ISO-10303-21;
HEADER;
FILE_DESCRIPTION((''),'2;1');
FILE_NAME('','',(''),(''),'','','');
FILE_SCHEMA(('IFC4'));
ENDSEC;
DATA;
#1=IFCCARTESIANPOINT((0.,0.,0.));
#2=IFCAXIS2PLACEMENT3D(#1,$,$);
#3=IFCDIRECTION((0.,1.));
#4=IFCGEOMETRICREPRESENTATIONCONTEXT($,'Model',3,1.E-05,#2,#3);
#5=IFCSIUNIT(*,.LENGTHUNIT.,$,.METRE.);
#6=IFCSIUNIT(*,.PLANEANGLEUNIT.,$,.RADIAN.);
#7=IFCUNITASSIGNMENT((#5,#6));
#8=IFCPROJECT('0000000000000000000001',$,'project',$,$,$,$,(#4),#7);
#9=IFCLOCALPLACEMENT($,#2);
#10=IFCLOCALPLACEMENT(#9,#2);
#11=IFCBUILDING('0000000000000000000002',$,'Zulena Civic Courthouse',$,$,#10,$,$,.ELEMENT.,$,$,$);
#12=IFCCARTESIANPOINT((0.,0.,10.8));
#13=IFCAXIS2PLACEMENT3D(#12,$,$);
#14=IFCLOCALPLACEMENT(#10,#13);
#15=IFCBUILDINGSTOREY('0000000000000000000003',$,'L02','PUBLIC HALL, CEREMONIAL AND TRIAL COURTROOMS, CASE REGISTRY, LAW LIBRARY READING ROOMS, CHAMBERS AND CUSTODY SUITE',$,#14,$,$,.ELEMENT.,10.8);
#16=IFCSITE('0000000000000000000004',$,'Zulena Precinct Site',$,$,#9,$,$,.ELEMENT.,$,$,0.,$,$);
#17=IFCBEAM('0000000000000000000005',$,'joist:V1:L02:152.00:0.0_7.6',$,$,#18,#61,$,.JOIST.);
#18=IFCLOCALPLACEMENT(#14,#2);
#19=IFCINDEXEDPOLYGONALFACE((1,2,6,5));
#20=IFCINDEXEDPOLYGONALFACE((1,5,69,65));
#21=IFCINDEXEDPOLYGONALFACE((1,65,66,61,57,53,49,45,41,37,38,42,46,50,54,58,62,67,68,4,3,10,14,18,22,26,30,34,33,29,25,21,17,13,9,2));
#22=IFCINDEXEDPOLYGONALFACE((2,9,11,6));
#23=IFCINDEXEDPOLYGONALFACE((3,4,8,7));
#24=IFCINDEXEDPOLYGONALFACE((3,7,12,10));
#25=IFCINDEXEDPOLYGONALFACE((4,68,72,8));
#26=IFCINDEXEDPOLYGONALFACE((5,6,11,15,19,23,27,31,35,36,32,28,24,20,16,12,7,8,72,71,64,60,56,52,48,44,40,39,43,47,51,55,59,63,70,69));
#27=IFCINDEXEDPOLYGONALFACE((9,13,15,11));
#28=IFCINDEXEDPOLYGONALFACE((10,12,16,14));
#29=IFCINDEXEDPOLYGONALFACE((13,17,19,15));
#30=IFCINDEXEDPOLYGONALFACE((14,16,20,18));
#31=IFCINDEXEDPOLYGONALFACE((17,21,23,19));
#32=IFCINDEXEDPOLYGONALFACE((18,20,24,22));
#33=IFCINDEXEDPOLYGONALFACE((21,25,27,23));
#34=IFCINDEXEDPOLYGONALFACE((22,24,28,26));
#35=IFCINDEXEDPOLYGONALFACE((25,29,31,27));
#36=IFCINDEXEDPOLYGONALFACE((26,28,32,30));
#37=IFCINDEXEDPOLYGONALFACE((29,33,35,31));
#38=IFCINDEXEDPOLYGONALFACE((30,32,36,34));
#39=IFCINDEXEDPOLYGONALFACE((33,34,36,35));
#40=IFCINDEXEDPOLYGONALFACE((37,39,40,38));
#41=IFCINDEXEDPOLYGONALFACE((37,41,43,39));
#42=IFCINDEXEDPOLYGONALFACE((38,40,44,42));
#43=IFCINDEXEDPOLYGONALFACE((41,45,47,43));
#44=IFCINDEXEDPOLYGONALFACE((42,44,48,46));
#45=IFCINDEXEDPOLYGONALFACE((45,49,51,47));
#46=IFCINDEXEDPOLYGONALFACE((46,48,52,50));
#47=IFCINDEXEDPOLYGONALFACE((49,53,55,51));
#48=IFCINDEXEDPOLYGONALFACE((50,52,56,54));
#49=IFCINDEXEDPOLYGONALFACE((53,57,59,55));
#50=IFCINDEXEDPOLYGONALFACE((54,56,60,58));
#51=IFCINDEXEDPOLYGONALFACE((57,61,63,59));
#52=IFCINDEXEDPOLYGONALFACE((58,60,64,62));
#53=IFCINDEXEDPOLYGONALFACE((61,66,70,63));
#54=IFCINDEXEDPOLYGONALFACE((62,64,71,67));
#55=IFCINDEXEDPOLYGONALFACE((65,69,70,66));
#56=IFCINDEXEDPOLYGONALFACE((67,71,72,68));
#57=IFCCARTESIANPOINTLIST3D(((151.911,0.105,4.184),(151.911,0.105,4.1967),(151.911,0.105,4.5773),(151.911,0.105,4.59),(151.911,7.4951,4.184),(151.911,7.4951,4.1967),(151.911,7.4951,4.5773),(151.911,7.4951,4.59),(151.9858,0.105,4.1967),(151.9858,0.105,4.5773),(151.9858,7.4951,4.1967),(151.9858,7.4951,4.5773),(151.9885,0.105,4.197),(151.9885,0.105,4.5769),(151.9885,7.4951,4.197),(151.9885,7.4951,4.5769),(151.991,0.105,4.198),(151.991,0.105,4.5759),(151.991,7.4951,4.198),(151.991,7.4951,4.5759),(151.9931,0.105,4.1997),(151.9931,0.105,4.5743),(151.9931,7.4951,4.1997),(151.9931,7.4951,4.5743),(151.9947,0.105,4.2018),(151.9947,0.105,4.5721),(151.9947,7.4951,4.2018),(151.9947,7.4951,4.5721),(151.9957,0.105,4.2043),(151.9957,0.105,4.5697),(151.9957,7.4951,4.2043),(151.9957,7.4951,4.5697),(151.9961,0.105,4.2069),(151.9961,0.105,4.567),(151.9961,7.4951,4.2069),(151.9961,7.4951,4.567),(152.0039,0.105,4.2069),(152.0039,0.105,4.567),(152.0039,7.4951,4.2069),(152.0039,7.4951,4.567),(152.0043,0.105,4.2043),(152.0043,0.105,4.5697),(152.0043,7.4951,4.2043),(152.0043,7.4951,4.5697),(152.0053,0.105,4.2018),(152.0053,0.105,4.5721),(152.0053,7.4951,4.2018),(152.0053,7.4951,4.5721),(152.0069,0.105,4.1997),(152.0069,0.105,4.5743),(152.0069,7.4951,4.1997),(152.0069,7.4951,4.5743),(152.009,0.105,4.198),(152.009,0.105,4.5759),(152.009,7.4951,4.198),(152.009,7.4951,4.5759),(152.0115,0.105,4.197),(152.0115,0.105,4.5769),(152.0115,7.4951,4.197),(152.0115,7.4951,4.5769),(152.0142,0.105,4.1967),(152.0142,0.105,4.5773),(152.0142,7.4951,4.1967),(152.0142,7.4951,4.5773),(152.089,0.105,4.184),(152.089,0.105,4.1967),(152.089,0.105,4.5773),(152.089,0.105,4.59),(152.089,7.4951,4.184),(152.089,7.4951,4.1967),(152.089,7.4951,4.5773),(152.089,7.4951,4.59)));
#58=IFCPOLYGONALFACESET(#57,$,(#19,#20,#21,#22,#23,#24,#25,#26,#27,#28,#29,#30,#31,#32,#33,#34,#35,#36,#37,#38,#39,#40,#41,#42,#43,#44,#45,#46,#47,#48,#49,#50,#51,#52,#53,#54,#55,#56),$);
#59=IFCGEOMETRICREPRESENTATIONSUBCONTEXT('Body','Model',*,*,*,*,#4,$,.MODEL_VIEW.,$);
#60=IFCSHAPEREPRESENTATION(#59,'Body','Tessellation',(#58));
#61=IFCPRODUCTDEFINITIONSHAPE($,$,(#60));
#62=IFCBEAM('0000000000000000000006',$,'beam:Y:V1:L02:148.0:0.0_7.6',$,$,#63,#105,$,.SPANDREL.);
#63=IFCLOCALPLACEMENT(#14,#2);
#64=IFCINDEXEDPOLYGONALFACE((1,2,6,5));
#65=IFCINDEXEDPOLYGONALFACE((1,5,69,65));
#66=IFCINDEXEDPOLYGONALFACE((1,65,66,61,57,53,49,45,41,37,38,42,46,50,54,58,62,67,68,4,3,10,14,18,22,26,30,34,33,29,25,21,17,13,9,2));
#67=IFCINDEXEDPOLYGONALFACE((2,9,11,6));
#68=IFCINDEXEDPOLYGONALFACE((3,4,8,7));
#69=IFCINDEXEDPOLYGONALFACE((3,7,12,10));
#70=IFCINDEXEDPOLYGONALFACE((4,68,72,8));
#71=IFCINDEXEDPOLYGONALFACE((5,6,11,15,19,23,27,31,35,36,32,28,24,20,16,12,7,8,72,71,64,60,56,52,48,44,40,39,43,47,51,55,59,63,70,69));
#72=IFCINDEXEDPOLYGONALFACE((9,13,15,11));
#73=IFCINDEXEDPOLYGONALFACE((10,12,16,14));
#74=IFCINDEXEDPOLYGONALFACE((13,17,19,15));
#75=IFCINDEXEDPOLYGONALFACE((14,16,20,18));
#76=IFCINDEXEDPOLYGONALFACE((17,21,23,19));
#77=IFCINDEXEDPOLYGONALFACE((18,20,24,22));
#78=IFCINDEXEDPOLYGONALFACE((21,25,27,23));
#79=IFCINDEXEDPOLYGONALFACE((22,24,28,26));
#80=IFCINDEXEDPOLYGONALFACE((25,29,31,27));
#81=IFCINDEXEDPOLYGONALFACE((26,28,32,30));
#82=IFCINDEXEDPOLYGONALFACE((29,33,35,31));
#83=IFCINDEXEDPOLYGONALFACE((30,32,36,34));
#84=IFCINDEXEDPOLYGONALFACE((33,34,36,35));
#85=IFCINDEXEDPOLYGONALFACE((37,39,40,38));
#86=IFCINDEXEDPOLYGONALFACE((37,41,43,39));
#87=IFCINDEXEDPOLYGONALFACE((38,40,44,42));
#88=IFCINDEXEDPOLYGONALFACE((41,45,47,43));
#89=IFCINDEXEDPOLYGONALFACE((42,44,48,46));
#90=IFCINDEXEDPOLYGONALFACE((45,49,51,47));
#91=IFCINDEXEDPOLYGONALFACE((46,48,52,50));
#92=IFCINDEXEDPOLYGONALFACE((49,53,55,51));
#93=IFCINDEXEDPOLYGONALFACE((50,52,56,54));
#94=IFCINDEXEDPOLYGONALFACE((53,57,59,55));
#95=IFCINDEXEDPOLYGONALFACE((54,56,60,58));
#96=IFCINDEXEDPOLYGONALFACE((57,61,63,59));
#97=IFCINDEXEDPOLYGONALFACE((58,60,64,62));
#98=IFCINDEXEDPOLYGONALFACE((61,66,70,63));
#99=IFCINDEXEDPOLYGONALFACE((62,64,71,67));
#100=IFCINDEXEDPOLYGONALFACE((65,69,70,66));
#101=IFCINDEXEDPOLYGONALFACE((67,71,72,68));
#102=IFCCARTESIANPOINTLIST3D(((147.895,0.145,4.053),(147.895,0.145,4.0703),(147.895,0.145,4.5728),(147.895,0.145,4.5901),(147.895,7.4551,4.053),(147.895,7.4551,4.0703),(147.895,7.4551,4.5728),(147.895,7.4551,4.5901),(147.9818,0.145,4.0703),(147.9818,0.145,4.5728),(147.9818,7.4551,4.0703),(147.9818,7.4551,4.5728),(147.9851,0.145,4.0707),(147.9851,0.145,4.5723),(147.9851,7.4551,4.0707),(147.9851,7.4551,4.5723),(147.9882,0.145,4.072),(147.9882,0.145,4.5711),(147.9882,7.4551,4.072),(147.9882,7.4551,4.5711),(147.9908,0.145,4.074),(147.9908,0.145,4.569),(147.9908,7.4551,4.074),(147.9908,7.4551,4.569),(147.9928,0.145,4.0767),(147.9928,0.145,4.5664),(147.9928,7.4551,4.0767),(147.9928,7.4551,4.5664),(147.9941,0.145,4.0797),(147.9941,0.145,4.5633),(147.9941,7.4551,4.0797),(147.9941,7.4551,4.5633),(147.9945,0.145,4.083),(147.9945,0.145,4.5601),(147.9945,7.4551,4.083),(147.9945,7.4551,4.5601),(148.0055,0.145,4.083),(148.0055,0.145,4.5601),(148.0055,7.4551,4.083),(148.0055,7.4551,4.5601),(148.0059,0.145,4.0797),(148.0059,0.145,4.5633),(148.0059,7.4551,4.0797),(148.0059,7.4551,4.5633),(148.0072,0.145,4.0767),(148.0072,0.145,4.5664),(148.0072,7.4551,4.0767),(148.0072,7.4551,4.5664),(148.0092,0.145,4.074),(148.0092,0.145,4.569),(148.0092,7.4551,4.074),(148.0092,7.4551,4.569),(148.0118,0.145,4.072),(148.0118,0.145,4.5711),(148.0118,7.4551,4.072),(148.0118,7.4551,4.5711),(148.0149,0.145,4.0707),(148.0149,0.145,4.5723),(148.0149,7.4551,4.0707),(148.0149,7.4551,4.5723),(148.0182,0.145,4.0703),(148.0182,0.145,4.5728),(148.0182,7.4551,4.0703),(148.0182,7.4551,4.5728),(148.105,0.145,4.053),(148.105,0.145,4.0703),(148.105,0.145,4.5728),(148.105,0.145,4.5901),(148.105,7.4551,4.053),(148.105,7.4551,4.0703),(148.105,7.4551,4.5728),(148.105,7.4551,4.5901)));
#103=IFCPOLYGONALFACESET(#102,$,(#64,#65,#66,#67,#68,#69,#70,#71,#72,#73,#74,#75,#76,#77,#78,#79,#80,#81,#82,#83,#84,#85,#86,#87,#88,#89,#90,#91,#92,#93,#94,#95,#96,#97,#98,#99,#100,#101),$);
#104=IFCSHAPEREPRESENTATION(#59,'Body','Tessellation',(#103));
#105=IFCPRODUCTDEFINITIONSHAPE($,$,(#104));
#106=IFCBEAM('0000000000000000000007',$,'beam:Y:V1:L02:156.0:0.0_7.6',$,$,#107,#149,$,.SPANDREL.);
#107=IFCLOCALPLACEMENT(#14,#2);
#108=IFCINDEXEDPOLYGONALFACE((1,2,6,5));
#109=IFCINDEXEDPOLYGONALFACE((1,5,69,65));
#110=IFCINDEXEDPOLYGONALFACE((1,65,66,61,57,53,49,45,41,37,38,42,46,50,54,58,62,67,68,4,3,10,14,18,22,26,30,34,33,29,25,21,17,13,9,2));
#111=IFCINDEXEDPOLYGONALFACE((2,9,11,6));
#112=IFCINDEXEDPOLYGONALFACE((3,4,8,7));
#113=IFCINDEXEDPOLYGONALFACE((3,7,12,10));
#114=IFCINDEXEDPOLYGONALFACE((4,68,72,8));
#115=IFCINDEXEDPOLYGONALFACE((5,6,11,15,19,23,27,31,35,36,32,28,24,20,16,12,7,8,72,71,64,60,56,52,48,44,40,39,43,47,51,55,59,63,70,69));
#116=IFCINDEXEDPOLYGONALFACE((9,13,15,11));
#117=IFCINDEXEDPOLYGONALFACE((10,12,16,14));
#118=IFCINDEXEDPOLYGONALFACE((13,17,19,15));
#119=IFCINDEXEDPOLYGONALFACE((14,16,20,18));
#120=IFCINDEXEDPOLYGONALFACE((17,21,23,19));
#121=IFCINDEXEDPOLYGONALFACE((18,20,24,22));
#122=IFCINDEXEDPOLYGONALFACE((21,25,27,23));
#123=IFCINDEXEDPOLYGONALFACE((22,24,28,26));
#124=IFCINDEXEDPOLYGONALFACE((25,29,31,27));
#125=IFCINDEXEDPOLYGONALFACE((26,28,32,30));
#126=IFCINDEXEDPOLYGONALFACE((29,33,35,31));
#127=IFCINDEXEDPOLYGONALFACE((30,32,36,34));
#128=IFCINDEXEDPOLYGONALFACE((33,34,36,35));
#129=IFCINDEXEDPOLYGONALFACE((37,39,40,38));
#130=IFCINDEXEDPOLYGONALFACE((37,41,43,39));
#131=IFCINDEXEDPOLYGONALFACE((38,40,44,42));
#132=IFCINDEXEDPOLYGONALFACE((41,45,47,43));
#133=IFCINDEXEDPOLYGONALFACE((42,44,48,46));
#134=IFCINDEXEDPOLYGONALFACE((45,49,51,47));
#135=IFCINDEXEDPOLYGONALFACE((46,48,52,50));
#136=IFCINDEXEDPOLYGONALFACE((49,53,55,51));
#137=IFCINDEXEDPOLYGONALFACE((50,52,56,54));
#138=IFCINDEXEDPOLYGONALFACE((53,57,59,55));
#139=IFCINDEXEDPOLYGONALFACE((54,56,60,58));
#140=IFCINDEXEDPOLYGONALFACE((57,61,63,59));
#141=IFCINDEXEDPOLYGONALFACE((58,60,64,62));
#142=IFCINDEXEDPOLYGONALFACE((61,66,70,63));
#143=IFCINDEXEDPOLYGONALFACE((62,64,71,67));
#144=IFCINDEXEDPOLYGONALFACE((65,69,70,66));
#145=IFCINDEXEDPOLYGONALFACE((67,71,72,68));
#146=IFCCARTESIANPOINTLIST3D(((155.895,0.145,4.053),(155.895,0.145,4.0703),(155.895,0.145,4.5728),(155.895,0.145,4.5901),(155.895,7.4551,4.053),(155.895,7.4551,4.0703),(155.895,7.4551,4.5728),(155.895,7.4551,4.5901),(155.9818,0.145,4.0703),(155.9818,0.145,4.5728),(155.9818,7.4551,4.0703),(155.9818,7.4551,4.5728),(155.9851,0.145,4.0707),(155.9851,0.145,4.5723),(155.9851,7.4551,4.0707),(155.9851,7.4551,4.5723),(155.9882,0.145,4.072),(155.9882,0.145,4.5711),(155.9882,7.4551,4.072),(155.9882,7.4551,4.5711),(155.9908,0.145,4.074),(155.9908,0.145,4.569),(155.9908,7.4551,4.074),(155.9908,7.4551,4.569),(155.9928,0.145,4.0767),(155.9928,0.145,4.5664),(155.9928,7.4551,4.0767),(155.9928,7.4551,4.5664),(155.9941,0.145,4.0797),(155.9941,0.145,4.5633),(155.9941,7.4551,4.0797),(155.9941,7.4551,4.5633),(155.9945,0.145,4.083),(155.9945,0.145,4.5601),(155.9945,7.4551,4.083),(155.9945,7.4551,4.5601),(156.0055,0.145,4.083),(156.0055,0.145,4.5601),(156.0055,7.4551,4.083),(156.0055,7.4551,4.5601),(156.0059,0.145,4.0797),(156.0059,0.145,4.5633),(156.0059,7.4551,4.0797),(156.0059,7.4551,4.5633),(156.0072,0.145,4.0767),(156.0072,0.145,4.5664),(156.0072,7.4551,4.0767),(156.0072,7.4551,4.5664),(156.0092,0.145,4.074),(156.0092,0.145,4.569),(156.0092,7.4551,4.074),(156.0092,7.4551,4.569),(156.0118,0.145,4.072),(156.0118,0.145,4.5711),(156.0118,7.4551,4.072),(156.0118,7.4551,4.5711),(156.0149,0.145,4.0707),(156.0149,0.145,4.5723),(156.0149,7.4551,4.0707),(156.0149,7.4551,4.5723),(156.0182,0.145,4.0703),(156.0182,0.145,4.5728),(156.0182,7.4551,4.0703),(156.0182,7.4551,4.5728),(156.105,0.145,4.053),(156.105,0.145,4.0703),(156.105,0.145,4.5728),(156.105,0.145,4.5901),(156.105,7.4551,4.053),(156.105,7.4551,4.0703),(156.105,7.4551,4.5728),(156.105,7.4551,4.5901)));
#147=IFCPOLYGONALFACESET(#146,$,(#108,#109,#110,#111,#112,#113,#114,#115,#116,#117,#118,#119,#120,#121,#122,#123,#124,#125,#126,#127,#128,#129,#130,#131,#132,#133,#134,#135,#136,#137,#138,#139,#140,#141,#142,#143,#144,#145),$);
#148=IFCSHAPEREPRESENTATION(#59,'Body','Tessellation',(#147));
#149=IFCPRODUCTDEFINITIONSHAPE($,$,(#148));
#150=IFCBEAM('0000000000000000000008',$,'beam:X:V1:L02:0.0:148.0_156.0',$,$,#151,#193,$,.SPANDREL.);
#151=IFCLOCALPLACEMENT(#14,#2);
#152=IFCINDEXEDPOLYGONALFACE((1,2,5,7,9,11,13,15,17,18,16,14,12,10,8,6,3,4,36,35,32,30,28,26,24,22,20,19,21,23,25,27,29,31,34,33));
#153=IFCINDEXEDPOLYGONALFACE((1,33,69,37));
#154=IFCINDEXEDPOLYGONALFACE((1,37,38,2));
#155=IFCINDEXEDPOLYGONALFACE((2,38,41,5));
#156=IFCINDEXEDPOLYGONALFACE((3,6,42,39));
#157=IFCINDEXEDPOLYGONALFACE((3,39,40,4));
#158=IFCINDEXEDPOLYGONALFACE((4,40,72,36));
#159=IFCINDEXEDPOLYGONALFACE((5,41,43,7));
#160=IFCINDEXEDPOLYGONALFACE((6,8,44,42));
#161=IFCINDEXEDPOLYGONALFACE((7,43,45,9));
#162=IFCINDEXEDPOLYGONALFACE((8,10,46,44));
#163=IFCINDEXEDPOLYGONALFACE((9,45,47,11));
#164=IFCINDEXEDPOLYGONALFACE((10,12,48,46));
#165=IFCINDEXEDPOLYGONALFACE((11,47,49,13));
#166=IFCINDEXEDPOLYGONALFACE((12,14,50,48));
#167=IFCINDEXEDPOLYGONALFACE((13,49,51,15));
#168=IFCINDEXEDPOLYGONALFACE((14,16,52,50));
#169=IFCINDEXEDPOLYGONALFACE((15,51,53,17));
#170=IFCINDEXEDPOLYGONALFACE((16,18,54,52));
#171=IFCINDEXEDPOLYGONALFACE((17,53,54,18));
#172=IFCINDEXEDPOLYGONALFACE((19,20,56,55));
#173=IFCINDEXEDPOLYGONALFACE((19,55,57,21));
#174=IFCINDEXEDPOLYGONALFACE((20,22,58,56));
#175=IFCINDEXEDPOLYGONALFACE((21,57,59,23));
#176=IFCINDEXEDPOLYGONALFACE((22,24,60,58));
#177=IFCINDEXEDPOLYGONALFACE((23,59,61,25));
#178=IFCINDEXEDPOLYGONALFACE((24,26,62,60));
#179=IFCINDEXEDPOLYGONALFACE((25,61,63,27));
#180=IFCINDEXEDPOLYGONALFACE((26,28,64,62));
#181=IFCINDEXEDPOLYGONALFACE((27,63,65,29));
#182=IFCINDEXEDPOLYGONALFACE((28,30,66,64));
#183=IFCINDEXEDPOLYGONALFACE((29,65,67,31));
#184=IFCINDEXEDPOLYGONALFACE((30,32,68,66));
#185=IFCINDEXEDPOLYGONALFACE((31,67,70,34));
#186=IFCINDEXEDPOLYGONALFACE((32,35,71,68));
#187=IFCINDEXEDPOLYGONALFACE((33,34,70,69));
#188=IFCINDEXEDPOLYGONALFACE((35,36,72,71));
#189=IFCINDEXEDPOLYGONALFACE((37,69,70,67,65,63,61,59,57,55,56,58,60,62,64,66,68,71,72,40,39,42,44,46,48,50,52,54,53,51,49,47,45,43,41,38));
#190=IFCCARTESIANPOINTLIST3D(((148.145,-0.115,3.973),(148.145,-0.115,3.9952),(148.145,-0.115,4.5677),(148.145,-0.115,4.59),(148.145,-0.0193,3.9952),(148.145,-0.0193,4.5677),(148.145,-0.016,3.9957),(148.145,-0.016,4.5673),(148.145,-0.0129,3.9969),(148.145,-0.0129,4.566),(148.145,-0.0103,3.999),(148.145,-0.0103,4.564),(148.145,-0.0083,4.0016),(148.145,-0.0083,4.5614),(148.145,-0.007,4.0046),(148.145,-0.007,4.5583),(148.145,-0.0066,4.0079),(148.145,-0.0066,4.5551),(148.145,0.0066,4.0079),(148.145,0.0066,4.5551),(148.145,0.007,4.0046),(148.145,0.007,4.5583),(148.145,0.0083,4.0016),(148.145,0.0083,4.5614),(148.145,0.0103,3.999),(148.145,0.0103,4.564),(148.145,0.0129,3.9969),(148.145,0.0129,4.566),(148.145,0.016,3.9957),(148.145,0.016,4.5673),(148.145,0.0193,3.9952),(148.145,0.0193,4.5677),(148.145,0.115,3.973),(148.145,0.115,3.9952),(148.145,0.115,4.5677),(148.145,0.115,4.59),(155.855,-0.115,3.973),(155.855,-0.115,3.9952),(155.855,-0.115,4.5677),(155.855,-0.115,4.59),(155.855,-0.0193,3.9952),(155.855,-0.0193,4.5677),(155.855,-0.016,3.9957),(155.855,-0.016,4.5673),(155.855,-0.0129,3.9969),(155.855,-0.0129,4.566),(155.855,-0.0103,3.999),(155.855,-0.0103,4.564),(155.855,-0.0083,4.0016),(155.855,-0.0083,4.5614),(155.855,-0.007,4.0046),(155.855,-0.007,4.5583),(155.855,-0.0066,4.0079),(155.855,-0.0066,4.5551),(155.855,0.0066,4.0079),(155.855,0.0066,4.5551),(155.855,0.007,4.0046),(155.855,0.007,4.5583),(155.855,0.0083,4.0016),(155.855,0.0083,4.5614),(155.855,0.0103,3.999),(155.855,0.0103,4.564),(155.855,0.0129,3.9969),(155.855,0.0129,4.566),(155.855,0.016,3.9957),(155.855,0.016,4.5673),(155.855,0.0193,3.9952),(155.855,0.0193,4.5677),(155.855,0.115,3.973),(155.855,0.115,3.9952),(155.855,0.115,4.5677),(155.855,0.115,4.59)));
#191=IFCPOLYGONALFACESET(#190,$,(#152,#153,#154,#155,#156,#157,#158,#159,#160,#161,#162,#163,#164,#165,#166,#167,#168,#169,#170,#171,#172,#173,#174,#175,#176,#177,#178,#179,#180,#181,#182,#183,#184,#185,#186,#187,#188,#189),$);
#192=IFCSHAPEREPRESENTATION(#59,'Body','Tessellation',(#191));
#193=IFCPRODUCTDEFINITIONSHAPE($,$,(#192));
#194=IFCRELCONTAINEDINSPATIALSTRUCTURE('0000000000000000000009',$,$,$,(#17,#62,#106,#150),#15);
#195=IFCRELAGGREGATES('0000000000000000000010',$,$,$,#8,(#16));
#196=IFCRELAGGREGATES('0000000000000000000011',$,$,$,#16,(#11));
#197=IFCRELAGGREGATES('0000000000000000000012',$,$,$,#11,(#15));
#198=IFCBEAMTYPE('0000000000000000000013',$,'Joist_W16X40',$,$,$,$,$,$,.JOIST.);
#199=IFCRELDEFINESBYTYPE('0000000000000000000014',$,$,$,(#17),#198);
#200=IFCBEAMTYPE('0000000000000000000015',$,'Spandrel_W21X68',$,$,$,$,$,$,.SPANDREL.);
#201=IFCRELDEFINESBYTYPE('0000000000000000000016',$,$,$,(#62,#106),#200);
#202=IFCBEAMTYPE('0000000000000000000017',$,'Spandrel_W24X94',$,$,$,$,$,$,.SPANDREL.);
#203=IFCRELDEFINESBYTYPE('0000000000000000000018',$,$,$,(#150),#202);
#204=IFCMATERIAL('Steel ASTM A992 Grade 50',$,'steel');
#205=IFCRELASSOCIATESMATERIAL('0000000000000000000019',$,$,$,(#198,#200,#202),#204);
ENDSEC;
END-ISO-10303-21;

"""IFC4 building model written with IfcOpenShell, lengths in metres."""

from ifc_helpers import new_model, si_unit, direction, frame, origin, origin_2d, place, context, subcontext, project, spatial, i_section, extrude, material, material_profile, profile_set, type_object, element, save


model = new_model("IFC4")

# Units and contexts
model_context = context("Model", 3, precision=1e-05, world=origin(), true_north=direction((0.0, 1.0)))
body_context = subcontext(model_context, "Body", "Model", "MODEL_VIEW")
ifc_project = project(units=[si_unit("LENGTHUNIT", "METRE"), si_unit("PLANEANGLEUNIT", "RADIAN")], contexts=[model_context])

# Site, building, storey
site_placement = place(None, origin())
site = spatial("IfcSite", under=ifc_project, at=site_placement, Name="Zulena Precinct Site", CompositionType="ELEMENT", RefElevation=0.0)
building_placement = place(site_placement, origin())
building = spatial("IfcBuilding", under=site, at=building_placement, Name="Zulena Civic Courthouse", CompositionType="ELEMENT")
storey_placement = place(building_placement, frame((0.0, 0.0, 10.8)))
storey = spatial("IfcBuildingStorey", under=building, at=storey_placement, Name="L02", Description="PUBLIC HALL, CEREMONIAL AND TRIAL COURTROOMS, CASE REGISTRY, LAW LIBRARY READING ROOMS, CHAMBERS AND CUSTODY SUITE", CompositionType="ELEMENT", Elevation=10.8)

# Shared definitions
ifc_material_1 = material(Name="Steel ASTM A992 Grade 50", Category="steel")

# Beams
ifc_material_profile_1 = material_profile(ifc_material_1, i_section(OverallWidth=0.178, OverallDepth=0.406, WebThickness=0.0078, FlangeThickness=0.0127, FilletRadius=0.0103, at=origin_2d()), Name="W16X40")
ifc_profile_set_1 = profile_set([ifc_material_profile_1], Name="Steel ASTM A992 Grade 50")
beam_type_1 = type_object("IfcBeamType", Name="Joist_W16X40", PredefinedType="JOIST", material=ifc_profile_set_1)
for number, where, z_axis, x_axis, name in (
    (1, (152.0, 0.105, 4.387), (0.0, 1.0, 0.0), (-1.0, 0.0, 0.0), "joist:V1:L02:152.00:0.0_7.6"),
):
    element("IfcBeam", number, at=place(storey_placement, frame(where, z_axis=z_axis, x_axis=x_axis)), inside=storey, type_object=beam_type_1, Name=name, PredefinedType="JOIST", context=body_context, shape_type="SweptSolid", body=[
        extrude(i_section(OverallWidth=0.178, OverallDepth=0.406, WebThickness=0.0078, FlangeThickness=0.0127, FilletRadius=0.0103, at=origin_2d()), origin(), (0.0, 0.0, 1.0), 7.3901),
    ])
ifc_material_profile_2 = material_profile(ifc_material_1, i_section(OverallWidth=0.21, OverallDepth=0.5371, WebThickness=0.011, FlangeThickness=0.0173, FilletRadius=0.0127, at=origin_2d()), Name="W21X68")
ifc_profile_set_2 = profile_set([ifc_material_profile_2], Name="Steel ASTM A992 Grade 50")
beam_type_2 = type_object("IfcBeamType", Name="Spandrel_W21X68", PredefinedType="SPANDREL", material=ifc_profile_set_2)
for number, where, z_axis, x_axis, name in (
    (2, (148.0, 0.145, 4.3215), (0.0, 1.0, 0.0), (-1.0, 0.0, 0.0), "beam:Y:V1:L02:148.0:0.0_7.6"),
    (3, (156.0, 0.145, 4.3215), (0.0, 1.0, 0.0), (-1.0, 0.0, 0.0), "beam:Y:V1:L02:156.0:0.0_7.6"),
):
    element("IfcBeam", number, at=place(storey_placement, frame(where, z_axis=z_axis, x_axis=x_axis)), inside=storey, type_object=beam_type_2, Name=name, PredefinedType="SPANDREL", context=body_context, shape_type="SweptSolid", body=[
        extrude(i_section(OverallWidth=0.21, OverallDepth=0.5371, WebThickness=0.011, FlangeThickness=0.0173, FilletRadius=0.0127, at=origin_2d()), origin(), (0.0, 0.0, 1.0), 7.3101),
    ])
ifc_material_profile_3 = material_profile(ifc_material_1, i_section(OverallWidth=0.23, OverallDepth=0.6169, WebThickness=0.0132, FlangeThickness=0.0222, FilletRadius=0.0127, at=origin_2d()), Name="W24X94")
ifc_profile_set_3 = profile_set([ifc_material_profile_3], Name="Steel ASTM A992 Grade 50")
beam_type_3 = type_object("IfcBeamType", Name="Spandrel_W24X94", PredefinedType="SPANDREL", material=ifc_profile_set_3)
beam_placement = place(storey_placement, frame((148.145, 0.0, 4.2815), z_axis=(1.0, 0.0, 0.0), x_axis=(0.0, 1.0, 0.0)))
element("IfcBeam", 4, at=beam_placement, inside=storey, type_object=beam_type_3, Name="beam:X:V1:L02:0.0:148.0_156.0", PredefinedType="SPANDREL", context=body_context, shape_type="SweptSolid", body=[
    extrude(i_section(OverallWidth=0.23, OverallDepth=0.6169, WebThickness=0.0132, FlangeThickness=0.0222, FilletRadius=0.0127, at=origin_2d()), origin(), (0.0, 0.0, 1.0), 7.71),
])

save(model, "model.ifc")
